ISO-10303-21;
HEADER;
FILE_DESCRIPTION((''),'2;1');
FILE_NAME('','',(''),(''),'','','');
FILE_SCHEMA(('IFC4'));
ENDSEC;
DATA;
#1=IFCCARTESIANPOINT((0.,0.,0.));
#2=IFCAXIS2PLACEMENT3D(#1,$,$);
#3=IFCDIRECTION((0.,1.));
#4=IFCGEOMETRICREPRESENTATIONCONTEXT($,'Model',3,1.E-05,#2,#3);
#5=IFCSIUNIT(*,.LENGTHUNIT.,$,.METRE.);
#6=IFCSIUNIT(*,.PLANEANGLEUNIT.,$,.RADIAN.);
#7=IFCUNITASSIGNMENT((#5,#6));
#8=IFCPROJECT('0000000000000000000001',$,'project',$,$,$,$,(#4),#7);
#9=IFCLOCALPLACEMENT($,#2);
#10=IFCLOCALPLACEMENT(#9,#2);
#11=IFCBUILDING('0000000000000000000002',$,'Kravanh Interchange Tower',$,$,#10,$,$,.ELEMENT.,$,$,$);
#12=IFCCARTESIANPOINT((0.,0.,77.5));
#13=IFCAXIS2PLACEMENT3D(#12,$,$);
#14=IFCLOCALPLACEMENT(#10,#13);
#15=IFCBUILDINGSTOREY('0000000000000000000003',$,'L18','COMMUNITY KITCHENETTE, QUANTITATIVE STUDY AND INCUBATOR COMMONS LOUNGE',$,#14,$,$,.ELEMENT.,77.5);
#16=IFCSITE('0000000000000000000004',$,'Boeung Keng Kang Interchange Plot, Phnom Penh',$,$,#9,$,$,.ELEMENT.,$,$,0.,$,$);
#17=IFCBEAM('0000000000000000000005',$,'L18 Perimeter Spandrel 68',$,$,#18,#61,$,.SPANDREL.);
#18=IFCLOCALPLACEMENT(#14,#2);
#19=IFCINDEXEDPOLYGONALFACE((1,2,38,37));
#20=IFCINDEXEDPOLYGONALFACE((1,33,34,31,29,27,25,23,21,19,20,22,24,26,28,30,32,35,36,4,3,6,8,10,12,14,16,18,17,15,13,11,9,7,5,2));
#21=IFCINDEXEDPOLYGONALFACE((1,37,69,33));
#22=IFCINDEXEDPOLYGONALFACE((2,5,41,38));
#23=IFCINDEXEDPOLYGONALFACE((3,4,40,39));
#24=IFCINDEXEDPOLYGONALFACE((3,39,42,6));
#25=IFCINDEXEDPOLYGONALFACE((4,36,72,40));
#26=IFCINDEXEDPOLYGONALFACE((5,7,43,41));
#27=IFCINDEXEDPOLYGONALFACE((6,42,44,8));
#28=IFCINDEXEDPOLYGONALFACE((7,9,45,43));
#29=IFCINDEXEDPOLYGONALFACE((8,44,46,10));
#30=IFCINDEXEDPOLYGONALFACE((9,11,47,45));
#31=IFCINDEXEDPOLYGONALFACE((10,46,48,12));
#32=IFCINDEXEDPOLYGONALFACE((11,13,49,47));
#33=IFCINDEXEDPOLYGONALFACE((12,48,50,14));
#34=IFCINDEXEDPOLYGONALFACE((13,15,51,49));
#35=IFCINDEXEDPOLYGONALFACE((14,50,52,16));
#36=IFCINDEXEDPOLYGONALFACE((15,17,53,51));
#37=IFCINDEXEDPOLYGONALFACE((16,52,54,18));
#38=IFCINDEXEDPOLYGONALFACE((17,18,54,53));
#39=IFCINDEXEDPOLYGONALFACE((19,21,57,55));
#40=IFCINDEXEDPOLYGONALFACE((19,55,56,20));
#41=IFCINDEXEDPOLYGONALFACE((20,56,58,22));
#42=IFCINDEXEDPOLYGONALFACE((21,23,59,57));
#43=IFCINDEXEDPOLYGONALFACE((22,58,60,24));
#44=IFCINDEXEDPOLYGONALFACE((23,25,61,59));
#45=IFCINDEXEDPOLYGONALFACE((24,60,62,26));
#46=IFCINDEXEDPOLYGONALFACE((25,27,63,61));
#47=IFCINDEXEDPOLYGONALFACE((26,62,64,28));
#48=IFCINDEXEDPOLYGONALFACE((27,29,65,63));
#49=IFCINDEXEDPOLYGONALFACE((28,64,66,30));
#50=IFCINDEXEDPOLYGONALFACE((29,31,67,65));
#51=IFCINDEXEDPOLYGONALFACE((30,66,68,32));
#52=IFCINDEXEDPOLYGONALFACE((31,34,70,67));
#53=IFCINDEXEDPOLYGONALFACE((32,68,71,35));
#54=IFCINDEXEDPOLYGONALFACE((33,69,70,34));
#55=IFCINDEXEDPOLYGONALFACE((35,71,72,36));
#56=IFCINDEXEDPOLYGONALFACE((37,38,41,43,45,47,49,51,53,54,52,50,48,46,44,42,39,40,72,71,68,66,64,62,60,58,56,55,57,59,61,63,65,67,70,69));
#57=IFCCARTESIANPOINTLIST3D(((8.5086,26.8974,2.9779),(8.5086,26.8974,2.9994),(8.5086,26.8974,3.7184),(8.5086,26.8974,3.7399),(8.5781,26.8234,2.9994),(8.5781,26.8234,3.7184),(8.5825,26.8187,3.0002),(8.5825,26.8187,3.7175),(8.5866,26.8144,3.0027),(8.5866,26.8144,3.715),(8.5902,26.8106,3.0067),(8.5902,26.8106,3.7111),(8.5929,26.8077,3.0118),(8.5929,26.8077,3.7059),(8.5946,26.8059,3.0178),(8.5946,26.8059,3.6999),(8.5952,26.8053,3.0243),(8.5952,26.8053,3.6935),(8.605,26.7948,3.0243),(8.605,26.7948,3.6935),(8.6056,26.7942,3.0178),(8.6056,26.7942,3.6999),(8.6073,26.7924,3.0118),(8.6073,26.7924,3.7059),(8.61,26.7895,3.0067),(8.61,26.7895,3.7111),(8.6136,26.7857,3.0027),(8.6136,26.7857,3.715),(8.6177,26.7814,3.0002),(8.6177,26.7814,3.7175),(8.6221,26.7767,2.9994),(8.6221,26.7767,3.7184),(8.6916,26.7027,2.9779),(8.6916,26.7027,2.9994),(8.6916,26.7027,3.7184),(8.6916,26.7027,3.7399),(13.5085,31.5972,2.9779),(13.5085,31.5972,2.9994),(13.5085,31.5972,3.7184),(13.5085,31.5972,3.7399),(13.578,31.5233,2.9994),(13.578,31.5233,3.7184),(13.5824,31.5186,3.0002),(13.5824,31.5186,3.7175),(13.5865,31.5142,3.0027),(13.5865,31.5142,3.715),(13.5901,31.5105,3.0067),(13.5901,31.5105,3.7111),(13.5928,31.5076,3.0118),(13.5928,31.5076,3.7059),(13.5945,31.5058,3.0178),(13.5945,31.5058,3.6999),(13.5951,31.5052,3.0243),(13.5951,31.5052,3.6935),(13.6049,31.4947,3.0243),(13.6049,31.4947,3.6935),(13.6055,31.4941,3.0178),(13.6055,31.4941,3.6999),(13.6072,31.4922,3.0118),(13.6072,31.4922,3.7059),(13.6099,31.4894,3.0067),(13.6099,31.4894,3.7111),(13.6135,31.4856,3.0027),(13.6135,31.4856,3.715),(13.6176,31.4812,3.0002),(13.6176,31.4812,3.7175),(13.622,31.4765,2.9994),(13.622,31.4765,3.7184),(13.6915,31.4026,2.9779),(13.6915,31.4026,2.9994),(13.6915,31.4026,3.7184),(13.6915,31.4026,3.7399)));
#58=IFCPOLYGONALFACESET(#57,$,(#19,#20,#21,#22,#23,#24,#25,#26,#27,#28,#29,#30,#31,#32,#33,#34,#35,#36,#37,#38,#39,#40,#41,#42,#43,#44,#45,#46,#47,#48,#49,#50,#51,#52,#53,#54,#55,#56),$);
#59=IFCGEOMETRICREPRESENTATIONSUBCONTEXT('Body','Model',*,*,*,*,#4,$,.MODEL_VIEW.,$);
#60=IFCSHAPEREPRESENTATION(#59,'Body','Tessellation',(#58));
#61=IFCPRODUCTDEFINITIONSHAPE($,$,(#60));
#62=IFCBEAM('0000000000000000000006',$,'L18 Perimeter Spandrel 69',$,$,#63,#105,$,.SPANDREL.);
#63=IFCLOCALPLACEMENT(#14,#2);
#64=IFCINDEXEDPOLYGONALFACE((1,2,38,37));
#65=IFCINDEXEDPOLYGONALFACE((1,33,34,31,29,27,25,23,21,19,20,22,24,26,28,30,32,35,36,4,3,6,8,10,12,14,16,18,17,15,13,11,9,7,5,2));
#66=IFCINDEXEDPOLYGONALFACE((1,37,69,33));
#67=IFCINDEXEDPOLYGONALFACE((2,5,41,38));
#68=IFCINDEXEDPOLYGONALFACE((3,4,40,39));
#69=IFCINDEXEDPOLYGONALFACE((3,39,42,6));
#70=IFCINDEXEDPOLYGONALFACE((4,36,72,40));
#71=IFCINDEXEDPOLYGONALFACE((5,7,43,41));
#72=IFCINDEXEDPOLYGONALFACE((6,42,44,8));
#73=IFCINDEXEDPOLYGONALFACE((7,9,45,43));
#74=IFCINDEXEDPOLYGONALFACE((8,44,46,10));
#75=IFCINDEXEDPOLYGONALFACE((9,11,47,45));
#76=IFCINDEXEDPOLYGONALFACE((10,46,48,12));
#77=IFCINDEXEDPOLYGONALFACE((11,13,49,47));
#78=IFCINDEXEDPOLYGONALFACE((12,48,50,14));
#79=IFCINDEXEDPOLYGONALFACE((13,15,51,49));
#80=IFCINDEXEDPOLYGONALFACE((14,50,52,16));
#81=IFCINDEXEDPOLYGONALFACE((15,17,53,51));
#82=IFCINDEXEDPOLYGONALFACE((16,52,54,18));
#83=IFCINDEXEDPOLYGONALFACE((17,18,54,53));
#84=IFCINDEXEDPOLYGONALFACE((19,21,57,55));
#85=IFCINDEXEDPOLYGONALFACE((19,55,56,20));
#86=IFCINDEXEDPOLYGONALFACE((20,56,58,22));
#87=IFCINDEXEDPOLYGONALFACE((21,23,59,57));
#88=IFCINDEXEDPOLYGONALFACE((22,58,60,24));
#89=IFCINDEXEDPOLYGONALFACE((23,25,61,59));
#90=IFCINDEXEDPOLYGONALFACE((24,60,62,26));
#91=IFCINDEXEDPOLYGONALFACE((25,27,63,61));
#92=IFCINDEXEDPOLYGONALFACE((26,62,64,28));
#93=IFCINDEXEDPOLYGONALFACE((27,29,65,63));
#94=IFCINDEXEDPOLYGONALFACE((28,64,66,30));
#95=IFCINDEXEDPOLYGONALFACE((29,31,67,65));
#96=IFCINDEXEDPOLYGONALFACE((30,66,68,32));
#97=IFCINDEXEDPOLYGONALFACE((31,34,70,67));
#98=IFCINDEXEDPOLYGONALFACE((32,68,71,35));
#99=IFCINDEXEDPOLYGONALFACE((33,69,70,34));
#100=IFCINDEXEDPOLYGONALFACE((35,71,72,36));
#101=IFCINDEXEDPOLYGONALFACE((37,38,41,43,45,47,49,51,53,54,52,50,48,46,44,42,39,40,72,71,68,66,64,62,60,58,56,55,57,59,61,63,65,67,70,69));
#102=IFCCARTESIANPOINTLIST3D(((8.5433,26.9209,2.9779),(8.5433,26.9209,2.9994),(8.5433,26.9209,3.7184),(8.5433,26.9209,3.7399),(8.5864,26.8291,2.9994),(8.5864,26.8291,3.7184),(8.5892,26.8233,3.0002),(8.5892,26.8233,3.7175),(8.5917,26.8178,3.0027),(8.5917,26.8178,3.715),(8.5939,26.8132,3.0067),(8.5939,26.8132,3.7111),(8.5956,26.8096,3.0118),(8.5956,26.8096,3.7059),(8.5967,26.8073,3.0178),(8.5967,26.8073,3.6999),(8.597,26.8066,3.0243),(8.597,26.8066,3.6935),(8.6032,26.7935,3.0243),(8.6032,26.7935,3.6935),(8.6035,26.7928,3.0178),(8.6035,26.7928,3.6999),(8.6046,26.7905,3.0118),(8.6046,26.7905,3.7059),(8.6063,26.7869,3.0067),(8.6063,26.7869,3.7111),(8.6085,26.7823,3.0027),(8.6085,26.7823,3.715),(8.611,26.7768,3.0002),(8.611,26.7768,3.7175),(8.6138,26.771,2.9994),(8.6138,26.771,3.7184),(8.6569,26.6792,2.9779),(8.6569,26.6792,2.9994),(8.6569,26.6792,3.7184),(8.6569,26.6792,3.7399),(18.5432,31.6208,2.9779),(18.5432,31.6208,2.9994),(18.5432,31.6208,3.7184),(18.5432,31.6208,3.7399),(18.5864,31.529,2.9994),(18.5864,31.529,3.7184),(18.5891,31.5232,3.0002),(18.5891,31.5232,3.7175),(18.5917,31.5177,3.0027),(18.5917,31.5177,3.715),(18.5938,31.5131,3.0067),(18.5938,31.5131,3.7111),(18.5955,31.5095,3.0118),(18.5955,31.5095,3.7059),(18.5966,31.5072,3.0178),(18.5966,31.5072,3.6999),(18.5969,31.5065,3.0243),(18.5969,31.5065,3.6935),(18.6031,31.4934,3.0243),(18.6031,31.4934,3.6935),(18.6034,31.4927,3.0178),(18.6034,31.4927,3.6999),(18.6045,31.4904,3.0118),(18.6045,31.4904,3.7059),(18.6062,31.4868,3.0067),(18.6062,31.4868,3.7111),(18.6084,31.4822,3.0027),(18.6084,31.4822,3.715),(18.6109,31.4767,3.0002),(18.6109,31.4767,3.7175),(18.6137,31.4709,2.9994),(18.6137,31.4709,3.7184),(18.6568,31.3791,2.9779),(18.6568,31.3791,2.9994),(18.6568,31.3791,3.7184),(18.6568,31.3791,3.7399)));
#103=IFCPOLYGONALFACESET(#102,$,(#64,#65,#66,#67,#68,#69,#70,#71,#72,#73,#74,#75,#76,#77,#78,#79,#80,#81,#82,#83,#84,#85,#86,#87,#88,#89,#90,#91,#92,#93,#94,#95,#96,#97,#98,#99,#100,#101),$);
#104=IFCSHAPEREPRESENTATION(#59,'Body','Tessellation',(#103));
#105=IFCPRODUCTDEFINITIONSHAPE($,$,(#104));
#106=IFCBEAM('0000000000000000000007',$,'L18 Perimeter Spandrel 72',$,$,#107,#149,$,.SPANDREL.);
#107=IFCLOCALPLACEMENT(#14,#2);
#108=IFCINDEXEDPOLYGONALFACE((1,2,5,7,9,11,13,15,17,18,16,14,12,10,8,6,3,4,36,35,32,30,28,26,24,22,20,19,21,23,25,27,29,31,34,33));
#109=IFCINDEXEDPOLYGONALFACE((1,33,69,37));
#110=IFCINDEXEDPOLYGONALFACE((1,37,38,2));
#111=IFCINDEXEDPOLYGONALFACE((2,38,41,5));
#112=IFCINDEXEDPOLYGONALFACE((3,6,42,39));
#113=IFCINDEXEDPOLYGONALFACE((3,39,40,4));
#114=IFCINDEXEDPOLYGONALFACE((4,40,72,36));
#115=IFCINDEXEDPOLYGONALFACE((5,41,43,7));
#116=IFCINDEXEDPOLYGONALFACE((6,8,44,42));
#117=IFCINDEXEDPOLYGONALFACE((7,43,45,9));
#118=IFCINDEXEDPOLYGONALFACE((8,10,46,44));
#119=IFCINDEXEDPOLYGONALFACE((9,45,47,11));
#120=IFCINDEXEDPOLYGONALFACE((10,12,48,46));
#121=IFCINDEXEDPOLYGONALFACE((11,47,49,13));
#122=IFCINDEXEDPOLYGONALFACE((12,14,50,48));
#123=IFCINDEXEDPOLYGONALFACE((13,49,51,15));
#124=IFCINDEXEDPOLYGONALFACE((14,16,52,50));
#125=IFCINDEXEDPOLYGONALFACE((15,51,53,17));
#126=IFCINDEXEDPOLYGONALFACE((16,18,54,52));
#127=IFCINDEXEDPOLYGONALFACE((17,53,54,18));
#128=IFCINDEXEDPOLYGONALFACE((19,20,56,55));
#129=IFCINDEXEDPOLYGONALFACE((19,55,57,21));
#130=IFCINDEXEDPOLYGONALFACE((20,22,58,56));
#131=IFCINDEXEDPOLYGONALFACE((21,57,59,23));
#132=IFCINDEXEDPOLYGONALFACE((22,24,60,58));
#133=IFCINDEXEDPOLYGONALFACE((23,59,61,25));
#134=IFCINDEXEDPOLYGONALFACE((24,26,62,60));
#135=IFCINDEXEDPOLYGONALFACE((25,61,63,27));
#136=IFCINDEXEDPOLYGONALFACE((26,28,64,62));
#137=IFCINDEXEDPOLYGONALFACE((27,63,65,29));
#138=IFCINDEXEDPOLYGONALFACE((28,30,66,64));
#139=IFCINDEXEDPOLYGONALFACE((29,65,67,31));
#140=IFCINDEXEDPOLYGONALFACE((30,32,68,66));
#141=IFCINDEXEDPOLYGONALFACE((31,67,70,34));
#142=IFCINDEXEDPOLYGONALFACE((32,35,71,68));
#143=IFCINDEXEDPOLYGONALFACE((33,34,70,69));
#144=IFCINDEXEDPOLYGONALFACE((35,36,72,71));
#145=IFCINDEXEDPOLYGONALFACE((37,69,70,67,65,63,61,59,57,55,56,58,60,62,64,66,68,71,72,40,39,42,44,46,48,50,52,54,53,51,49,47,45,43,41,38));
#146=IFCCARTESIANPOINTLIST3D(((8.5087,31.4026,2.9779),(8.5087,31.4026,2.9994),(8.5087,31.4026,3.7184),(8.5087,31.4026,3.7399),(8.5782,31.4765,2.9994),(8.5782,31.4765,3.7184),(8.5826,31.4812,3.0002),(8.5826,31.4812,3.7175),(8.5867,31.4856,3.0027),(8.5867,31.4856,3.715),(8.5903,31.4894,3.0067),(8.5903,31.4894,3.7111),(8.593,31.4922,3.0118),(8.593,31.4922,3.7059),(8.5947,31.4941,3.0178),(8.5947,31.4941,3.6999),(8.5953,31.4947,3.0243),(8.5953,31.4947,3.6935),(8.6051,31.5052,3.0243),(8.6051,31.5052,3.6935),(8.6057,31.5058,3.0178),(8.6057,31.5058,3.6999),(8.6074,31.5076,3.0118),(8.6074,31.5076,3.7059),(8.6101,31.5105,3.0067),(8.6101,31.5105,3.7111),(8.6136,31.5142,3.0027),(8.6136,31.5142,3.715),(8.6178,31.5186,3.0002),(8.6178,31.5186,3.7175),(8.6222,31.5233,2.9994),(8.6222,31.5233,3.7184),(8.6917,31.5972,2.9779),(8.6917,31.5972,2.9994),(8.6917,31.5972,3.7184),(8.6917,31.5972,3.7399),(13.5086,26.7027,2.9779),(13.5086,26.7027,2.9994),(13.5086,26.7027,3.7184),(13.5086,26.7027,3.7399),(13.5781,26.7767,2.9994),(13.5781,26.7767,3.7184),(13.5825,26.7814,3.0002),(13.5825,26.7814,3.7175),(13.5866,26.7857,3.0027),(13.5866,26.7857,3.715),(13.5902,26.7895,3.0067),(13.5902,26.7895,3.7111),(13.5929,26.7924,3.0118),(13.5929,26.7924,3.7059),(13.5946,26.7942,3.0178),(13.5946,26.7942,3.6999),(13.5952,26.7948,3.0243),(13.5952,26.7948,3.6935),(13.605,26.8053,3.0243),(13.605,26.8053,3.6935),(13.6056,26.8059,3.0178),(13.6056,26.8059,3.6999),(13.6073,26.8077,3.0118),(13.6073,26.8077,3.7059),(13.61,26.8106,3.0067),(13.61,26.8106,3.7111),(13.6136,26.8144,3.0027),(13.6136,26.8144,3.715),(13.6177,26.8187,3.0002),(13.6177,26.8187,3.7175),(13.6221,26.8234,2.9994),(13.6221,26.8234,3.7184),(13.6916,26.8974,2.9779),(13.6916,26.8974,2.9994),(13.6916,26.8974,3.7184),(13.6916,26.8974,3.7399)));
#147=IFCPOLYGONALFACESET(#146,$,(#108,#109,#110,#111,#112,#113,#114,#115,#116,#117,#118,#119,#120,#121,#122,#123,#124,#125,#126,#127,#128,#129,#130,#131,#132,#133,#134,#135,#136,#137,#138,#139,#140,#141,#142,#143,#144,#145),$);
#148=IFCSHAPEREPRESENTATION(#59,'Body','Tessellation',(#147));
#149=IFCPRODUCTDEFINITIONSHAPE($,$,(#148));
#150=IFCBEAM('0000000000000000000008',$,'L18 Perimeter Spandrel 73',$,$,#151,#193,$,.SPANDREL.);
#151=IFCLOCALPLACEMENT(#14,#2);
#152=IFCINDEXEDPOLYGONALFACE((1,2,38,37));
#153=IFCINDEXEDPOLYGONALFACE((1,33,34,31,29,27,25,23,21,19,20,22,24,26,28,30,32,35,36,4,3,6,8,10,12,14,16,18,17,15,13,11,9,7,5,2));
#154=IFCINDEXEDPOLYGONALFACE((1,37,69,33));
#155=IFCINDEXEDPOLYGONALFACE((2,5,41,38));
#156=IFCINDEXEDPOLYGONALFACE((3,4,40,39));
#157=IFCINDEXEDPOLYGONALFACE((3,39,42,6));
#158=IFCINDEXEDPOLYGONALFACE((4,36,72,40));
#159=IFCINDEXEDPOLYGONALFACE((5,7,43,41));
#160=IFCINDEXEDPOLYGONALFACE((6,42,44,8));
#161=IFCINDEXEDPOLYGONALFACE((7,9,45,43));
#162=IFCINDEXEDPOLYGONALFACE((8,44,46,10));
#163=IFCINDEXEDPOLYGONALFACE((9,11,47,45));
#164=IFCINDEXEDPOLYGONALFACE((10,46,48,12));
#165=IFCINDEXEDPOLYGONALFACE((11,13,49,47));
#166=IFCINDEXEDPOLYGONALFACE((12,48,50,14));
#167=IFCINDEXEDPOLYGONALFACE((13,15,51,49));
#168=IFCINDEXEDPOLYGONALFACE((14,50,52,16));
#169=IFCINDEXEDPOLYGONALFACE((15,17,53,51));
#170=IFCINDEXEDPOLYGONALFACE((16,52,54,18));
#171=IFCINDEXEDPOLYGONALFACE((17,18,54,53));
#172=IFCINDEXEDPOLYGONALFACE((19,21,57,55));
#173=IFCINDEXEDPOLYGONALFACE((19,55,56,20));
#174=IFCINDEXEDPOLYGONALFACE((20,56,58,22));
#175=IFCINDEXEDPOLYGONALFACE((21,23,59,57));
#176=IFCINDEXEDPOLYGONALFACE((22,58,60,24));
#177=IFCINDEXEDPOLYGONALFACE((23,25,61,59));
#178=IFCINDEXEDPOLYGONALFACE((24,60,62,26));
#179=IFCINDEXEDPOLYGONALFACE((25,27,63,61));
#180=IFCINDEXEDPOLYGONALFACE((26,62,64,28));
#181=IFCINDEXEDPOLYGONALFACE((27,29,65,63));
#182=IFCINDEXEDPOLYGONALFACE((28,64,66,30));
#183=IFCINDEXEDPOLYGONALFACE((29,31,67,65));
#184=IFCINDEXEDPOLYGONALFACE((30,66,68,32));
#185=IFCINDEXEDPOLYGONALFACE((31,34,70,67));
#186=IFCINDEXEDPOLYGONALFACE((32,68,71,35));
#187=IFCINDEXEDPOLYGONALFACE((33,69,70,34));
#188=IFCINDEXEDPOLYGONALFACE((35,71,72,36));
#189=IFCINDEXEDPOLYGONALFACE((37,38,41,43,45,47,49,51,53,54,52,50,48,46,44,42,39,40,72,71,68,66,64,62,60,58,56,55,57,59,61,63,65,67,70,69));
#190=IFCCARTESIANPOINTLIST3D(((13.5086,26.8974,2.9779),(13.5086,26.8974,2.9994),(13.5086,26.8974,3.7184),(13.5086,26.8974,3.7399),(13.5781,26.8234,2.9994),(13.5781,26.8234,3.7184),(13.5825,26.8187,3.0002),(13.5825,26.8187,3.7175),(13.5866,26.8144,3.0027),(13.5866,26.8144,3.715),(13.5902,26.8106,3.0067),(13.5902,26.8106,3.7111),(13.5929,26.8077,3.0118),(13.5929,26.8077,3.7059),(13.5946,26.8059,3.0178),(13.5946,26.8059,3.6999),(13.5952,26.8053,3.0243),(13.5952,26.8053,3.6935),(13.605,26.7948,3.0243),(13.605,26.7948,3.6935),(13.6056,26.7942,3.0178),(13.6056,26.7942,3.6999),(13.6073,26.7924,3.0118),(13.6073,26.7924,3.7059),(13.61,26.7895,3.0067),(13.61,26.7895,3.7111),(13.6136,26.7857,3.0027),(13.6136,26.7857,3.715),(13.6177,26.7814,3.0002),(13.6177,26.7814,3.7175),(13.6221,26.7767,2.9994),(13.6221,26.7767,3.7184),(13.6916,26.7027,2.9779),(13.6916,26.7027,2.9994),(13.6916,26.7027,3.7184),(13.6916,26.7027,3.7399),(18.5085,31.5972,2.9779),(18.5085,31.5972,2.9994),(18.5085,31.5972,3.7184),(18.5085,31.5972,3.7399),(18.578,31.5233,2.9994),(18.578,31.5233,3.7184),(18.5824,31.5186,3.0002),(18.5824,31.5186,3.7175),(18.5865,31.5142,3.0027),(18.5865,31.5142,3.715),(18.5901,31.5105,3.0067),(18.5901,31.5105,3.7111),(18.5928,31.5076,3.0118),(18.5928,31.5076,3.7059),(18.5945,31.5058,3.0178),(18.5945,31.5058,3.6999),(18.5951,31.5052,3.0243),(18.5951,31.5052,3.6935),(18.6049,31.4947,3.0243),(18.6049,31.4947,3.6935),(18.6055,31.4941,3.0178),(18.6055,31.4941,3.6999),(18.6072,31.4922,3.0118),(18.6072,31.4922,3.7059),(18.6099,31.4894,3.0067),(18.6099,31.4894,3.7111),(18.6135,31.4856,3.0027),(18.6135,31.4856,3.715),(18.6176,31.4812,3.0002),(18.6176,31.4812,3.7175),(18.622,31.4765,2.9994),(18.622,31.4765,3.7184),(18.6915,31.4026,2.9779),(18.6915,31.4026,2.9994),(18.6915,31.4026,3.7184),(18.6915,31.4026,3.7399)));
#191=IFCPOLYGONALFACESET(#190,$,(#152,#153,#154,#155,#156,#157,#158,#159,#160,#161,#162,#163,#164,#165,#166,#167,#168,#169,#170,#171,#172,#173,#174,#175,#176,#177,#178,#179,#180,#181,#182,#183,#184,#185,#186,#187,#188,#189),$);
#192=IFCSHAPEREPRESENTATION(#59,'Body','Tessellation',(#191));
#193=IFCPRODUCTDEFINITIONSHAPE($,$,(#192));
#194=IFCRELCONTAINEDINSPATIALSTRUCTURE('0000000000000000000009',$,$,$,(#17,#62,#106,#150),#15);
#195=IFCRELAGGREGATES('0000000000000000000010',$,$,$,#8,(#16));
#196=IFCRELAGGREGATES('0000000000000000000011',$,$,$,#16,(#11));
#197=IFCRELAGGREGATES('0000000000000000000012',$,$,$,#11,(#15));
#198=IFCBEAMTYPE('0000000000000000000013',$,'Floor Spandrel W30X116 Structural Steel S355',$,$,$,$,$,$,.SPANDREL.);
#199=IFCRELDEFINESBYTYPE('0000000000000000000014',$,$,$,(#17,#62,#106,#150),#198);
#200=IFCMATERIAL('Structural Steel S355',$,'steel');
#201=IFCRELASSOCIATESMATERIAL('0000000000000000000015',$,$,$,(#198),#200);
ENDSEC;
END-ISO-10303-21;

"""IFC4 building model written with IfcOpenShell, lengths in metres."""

from ifc_helpers import new_model, si_unit, direction, frame, origin, origin_2d, place, context, subcontext, project, spatial, i_section, extrude, material, material_profile, profile_set, type_object, element, save


model = new_model("IFC4")

# Units and contexts
model_context = context("Model", 3, precision=1e-05, world=origin(), true_north=direction((0.0, 1.0)))
body_context = subcontext(model_context, "Body", "Model", "MODEL_VIEW")
ifc_project = project(units=[si_unit("LENGTHUNIT", "METRE"), si_unit("PLANEANGLEUNIT", "RADIAN")], contexts=[model_context])

# Site, building, storey
site_placement = place(None, origin())
site = spatial("IfcSite", under=ifc_project, at=site_placement, Name="Boeung Keng Kang Interchange Plot, Phnom Penh", CompositionType="ELEMENT", RefElevation=0.0)
building_placement = place(site_placement, origin())
building = spatial("IfcBuilding", under=site, at=building_placement, Name="Kravanh Interchange Tower", CompositionType="ELEMENT")
storey_placement = place(building_placement, frame((0.0, 0.0, 77.5)))
storey = spatial("IfcBuildingStorey", under=building, at=storey_placement, Name="L18", Description="COMMUNITY KITCHENETTE, QUANTITATIVE STUDY AND INCUBATOR COMMONS LOUNGE", CompositionType="ELEMENT", Elevation=77.5)

# Beams
ifc_material_1 = material(Name="Structural Steel S355", Category="steel")
ifc_material_profile_1 = material_profile(ifc_material_1, i_section(OverallWidth=0.2671, OverallDepth=0.762, WebThickness=0.0144, FlangeThickness=0.0215, FilletRadius=0.0249, at=origin_2d()), Name="W30X116")
ifc_profile_set_1 = profile_set([ifc_material_profile_1], Name="Structural Steel S355")
beam_type_1 = type_object("IfcBeamType", Name="Floor Spandrel W30X116 Structural Steel S355", PredefinedType="SPANDREL", material=ifc_profile_set_1)
beam_1_placement = place(storey_placement, frame((8.6001, 26.8, 3.3589), z_axis=(0.728631, 0.684906, 0.0), x_axis=(-0.684906, 0.728631, 0.0)))
element("IfcBeam", 1, at=beam_1_placement, inside=storey, type_object=beam_type_1, Name="L18 Perimeter Spandrel 68", PredefinedType="SPANDREL", context=body_context, shape_type="SweptSolid", body=[
    extrude(i_section(OverallWidth=0.2671, OverallDepth=0.762, WebThickness=0.0144, FlangeThickness=0.0215, FilletRadius=0.0249, at=origin_2d()), origin(), (0.0, 0.0, 1.0), 6.8621),
])
beam_2_placement = place(storey_placement, frame((8.6001, 26.8, 3.3589), z_axis=(0.905025, 0.425358, 0.0), x_axis=(-0.425358, 0.905025, 0.0)))
element("IfcBeam", 2, at=beam_2_placement, inside=storey, type_object=beam_type_1, Name="L18 Perimeter Spandrel 69", PredefinedType="SPANDREL", context=body_context, shape_type="SweptSolid", body=[
    extrude(i_section(OverallWidth=0.2671, OverallDepth=0.762, WebThickness=0.0144, FlangeThickness=0.0215, FilletRadius=0.0249, at=origin_2d()), origin(), (0.0, 0.0, 1.0), 11.0493),
])
for number, where, z_axis, x_axis, name in (
    (3, (13.6001, 26.8, 3.3589), (-0.728631, 0.684906, 0.0), (-0.684906, -0.728631, 0.0), "L18 Perimeter Spandrel 72"),
    (4, (13.6001, 26.8, 3.3589), (0.728631, 0.684906, 0.0), (-0.684906, 0.728631, 0.0), "L18 Perimeter Spandrel 73"),
):
    element("IfcBeam", number, at=place(storey_placement, frame(where, z_axis=z_axis, x_axis=x_axis)), inside=storey, type_object=beam_type_1, Name=name, PredefinedType="SPANDREL", context=body_context, shape_type="SweptSolid", body=[
        extrude(i_section(OverallWidth=0.2671, OverallDepth=0.762, WebThickness=0.0144, FlangeThickness=0.0215, FilletRadius=0.0249, at=origin_2d()), origin(), (0.0, 0.0, 1.0), 6.8621),
    ])

save(model, "model.ifc")
